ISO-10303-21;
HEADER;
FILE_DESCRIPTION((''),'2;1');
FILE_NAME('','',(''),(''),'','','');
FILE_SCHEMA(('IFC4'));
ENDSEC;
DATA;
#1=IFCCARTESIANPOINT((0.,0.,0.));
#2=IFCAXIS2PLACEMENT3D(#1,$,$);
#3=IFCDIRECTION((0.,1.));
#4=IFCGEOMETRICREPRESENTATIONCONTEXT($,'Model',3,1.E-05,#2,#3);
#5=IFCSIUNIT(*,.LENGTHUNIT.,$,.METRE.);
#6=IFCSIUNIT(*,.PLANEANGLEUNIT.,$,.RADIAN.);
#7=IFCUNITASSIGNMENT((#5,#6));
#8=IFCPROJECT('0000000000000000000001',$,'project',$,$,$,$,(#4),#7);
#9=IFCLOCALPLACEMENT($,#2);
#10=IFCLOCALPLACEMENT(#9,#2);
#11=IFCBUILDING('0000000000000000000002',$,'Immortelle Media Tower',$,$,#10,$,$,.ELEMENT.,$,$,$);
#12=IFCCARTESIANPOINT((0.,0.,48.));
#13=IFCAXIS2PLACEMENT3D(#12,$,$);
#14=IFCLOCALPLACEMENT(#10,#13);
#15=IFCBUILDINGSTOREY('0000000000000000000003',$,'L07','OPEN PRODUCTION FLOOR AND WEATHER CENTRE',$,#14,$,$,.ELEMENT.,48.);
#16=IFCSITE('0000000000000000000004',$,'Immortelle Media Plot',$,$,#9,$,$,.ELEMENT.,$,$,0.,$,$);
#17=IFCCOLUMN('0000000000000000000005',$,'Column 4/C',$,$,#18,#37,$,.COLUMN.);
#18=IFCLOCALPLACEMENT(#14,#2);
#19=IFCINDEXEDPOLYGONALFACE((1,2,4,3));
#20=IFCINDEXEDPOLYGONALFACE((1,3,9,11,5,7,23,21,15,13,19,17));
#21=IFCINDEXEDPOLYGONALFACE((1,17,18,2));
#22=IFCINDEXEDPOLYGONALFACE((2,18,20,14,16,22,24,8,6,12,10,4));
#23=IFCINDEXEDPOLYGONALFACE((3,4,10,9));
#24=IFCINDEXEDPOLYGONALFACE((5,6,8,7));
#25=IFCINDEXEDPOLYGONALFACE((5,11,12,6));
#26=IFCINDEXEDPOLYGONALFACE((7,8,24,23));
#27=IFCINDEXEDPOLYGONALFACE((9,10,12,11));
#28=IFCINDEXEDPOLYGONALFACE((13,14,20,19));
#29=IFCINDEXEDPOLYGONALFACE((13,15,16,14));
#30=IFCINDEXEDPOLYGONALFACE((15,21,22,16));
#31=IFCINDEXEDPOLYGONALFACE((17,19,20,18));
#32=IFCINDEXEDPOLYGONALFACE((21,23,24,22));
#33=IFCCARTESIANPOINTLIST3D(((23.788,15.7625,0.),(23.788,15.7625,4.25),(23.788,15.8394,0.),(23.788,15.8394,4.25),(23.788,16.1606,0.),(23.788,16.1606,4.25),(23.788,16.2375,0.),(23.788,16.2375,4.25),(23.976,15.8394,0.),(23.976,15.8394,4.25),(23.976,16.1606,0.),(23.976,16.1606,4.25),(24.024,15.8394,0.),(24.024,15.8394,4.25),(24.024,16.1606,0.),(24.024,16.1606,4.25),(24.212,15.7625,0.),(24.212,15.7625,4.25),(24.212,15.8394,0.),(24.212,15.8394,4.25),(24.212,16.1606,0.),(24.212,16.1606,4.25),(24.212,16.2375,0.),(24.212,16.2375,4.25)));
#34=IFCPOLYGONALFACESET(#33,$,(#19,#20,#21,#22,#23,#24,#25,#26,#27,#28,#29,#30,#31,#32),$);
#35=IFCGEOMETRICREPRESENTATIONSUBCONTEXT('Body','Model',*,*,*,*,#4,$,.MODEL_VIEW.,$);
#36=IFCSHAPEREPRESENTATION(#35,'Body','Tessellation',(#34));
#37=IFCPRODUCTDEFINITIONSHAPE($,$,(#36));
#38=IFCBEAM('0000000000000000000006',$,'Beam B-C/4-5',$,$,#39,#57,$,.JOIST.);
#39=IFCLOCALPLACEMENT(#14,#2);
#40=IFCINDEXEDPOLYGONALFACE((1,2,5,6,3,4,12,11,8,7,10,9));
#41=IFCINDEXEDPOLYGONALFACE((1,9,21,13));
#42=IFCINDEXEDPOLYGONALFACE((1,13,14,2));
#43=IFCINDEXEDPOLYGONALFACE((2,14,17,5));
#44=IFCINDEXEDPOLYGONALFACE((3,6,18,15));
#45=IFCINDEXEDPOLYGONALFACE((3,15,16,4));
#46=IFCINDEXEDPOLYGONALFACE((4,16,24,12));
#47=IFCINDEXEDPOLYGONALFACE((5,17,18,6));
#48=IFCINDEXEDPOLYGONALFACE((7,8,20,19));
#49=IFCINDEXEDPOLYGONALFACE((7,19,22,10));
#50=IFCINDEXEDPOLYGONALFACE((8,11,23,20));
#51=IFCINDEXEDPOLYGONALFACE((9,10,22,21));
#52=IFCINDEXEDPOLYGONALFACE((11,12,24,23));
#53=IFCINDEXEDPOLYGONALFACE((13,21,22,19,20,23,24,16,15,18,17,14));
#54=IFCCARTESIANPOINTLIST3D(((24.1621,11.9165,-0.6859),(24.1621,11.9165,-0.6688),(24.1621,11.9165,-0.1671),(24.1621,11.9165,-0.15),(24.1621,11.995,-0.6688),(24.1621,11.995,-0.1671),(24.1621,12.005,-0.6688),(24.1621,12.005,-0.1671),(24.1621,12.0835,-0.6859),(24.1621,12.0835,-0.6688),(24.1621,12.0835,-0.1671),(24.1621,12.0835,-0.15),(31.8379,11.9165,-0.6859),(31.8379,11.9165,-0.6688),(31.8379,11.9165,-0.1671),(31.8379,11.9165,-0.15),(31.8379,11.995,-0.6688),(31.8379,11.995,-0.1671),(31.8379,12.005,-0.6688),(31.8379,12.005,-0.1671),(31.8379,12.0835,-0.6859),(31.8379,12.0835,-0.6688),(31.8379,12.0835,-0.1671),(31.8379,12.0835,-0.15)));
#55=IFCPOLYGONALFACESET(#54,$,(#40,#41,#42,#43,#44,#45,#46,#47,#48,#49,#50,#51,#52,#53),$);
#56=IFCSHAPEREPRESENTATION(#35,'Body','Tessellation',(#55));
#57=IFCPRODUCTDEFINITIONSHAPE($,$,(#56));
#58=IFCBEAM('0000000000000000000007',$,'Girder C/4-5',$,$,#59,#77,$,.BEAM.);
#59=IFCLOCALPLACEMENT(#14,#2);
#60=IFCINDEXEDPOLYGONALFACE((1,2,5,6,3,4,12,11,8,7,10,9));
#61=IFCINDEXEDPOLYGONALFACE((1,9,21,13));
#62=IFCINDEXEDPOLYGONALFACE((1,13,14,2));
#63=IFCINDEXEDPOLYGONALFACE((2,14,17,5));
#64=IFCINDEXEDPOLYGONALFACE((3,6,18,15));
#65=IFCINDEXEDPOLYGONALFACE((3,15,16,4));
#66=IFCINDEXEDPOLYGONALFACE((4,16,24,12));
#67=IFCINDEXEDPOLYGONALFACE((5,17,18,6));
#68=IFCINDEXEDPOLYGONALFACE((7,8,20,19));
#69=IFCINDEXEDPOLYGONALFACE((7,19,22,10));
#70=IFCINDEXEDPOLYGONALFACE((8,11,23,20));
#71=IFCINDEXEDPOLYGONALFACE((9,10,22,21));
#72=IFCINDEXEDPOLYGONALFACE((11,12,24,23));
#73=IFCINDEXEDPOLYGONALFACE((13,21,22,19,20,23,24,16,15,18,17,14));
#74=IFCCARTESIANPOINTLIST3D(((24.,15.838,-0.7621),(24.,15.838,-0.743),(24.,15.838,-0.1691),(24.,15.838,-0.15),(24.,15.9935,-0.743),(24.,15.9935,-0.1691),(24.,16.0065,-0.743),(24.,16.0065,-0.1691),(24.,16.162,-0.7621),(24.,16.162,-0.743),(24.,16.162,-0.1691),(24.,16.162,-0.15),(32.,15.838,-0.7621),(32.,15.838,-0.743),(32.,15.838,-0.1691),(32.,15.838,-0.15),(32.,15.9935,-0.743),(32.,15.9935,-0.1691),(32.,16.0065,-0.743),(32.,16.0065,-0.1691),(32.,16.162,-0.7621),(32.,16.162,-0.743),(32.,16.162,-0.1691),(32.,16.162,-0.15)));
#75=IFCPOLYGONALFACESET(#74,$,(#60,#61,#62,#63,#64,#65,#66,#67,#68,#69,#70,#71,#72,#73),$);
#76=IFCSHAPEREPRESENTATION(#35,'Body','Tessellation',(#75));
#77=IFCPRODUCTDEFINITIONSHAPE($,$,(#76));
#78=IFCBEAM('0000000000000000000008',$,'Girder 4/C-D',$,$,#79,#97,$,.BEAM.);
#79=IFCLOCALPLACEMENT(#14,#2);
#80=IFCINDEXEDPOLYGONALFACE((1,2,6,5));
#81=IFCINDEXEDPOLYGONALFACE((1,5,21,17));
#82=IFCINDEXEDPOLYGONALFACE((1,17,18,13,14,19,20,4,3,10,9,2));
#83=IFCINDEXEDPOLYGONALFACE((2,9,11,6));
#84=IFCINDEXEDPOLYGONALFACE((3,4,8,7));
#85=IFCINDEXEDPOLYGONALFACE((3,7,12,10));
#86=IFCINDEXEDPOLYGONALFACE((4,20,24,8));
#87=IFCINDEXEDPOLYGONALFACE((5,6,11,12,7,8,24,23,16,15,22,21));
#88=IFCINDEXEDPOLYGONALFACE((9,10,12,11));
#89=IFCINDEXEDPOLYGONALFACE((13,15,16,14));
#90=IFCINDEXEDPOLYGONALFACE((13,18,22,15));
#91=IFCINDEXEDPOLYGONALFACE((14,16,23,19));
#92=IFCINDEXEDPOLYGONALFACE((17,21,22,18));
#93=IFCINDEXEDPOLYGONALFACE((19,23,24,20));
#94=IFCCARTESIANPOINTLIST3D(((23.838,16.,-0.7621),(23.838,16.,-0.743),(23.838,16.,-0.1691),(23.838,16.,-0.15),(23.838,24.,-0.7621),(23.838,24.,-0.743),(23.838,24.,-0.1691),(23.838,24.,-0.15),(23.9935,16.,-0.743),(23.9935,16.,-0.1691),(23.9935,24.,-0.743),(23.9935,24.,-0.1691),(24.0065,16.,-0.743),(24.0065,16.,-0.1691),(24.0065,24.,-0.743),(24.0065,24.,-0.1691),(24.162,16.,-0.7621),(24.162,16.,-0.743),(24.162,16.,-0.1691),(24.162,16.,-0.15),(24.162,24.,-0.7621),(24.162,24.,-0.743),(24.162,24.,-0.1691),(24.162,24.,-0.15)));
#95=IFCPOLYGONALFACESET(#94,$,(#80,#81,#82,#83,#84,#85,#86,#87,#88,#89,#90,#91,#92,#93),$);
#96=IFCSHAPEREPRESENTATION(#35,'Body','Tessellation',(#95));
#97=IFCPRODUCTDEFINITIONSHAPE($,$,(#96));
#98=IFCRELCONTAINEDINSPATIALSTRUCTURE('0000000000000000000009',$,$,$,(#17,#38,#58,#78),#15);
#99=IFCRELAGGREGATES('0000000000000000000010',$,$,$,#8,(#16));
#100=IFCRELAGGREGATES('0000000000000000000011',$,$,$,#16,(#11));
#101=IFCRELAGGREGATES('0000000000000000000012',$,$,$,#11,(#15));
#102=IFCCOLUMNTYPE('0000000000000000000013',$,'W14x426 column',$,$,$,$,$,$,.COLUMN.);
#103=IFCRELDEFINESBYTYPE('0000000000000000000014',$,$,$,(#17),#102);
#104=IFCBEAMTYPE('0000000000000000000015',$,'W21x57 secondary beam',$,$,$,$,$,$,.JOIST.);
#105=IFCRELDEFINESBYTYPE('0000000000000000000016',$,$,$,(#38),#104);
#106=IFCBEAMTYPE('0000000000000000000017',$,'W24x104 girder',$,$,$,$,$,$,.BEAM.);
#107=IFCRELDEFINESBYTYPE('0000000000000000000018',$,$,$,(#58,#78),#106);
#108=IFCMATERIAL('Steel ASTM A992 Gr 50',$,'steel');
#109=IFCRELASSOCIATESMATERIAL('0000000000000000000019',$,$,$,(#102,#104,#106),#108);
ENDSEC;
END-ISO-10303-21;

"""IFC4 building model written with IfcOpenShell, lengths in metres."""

from ifc_helpers import new_model, si_unit, direction, frame, origin, origin_2d, place, context, subcontext, project, spatial, i_section, extrude, material, material_profile, profile_set, type_object, element, save


model = new_model("IFC4")

# Units and contexts
model_context = context("Model", 3, precision=1e-05, world=origin(), true_north=direction((0.0, 1.0)))
body_context = subcontext(model_context, "Body", "Model", "MODEL_VIEW")
ifc_project = project(units=[si_unit("LENGTHUNIT", "METRE"), si_unit("PLANEANGLEUNIT", "RADIAN")], contexts=[model_context])

# Site, building, storey
site_placement = place(None, origin())
site = spatial("IfcSite", under=ifc_project, at=site_placement, Name="Immortelle Media Plot", CompositionType="ELEMENT", RefElevation=0.0)
building_placement = place(site_placement, origin())
building = spatial("IfcBuilding", under=site, at=building_placement, Name="Immortelle Media Tower", CompositionType="ELEMENT")
storey_placement = place(building_placement, frame((0.0, 0.0, 48.0)))
storey = spatial("IfcBuildingStorey", under=building, at=storey_placement, Name="L07", Description="OPEN PRODUCTION FLOOR AND WEATHER CENTRE", CompositionType="ELEMENT", Elevation=48.0)

# Column
ifc_material_1 = material(Name="Steel ASTM A992 Gr 50", Category="steel")
ifc_material_profile_1 = material_profile(ifc_material_1, i_section(OverallWidth=0.4241, OverallDepth=0.4751, WebThickness=0.0481, FlangeThickness=0.0769, at=origin_2d()), Name="W14x426")
ifc_profile_set_1 = profile_set([ifc_material_profile_1], Name="Steel ASTM A992 Gr 50")
column_type = type_object("IfcColumnType", Name="W14x426 column", PredefinedType="COLUMN", material=ifc_profile_set_1)
column_placement = place(storey_placement, frame((24.0, 16.0, 0.0), z_axis=(0.0, 0.0, 1.0), x_axis=(1.0, 0.0, 0.0)))
element("IfcColumn", 1, at=column_placement, inside=storey, type_object=column_type, Name="Column 4/C", PredefinedType="COLUMN", context=body_context, shape_type="SweptSolid", body=[
    extrude(i_section(OverallWidth=0.4241, OverallDepth=0.4751, WebThickness=0.0481, FlangeThickness=0.0769, at=origin_2d()), origin(), (0.0, 0.0, 1.0), 4.25),
])

# Beams
ifc_material_profile_2 = material_profile(ifc_material_1, i_section(OverallWidth=0.167, OverallDepth=0.5359, WebThickness=0.01, FlangeThickness=0.0171, at=origin_2d()), Name="W21x57")
ifc_profile_set_2 = profile_set([ifc_material_profile_2], Name="Steel ASTM A992 Gr 50")
beam_type_1 = type_object("IfcBeamType", Name="W21x57 secondary beam", PredefinedType="JOIST", material=ifc_profile_set_2)
beam_placement = place(storey_placement, frame((24.1621, 12.0, -0.418), z_axis=(1.0, 0.0, 0.0), x_axis=(0.0, 1.0, 0.0)))
element("IfcBeam", 2, at=beam_placement, inside=storey, type_object=beam_type_1, Name="Beam B-C/4-5", PredefinedType="JOIST", context=body_context, shape_type="SweptSolid", body=[
    extrude(i_section(OverallWidth=0.167, OverallDepth=0.5359, WebThickness=0.01, FlangeThickness=0.0171, at=origin_2d()), origin(), (0.0, 0.0, 1.0), 7.6758),
])
ifc_material_profile_3 = material_profile(ifc_material_1, i_section(OverallWidth=0.324, OverallDepth=0.6121, WebThickness=0.0129, FlangeThickness=0.019, at=origin_2d()), Name="W24x104")
ifc_profile_set_3 = profile_set([ifc_material_profile_3], Name="Steel ASTM A992 Gr 50")
beam_type_2 = type_object("IfcBeamType", Name="W24x104 girder", PredefinedType="BEAM", material=ifc_profile_set_3)
for number, where, z_axis, x_axis, name in (
    (3, (24.0, 16.0, -0.4561), (1.0, 0.0, 0.0), (0.0, 1.0, 0.0), "Girder C/4-5"),
    (4, (24.0, 16.0, -0.4561), (0.0, 1.0, 0.0), (-1.0, 0.0, 0.0), "Girder 4/C-D"),
):
    element("IfcBeam", number, at=place(storey_placement, frame(where, z_axis=z_axis, x_axis=x_axis)), inside=storey, type_object=beam_type_2, Name=name, PredefinedType="BEAM", context=body_context, shape_type="SweptSolid", body=[
        extrude(i_section(OverallWidth=0.324, OverallDepth=0.6121, WebThickness=0.0129, FlangeThickness=0.019, at=origin_2d()), origin(), (0.0, 0.0, 1.0), 8.0),
    ])

save(model, "model.ifc")
